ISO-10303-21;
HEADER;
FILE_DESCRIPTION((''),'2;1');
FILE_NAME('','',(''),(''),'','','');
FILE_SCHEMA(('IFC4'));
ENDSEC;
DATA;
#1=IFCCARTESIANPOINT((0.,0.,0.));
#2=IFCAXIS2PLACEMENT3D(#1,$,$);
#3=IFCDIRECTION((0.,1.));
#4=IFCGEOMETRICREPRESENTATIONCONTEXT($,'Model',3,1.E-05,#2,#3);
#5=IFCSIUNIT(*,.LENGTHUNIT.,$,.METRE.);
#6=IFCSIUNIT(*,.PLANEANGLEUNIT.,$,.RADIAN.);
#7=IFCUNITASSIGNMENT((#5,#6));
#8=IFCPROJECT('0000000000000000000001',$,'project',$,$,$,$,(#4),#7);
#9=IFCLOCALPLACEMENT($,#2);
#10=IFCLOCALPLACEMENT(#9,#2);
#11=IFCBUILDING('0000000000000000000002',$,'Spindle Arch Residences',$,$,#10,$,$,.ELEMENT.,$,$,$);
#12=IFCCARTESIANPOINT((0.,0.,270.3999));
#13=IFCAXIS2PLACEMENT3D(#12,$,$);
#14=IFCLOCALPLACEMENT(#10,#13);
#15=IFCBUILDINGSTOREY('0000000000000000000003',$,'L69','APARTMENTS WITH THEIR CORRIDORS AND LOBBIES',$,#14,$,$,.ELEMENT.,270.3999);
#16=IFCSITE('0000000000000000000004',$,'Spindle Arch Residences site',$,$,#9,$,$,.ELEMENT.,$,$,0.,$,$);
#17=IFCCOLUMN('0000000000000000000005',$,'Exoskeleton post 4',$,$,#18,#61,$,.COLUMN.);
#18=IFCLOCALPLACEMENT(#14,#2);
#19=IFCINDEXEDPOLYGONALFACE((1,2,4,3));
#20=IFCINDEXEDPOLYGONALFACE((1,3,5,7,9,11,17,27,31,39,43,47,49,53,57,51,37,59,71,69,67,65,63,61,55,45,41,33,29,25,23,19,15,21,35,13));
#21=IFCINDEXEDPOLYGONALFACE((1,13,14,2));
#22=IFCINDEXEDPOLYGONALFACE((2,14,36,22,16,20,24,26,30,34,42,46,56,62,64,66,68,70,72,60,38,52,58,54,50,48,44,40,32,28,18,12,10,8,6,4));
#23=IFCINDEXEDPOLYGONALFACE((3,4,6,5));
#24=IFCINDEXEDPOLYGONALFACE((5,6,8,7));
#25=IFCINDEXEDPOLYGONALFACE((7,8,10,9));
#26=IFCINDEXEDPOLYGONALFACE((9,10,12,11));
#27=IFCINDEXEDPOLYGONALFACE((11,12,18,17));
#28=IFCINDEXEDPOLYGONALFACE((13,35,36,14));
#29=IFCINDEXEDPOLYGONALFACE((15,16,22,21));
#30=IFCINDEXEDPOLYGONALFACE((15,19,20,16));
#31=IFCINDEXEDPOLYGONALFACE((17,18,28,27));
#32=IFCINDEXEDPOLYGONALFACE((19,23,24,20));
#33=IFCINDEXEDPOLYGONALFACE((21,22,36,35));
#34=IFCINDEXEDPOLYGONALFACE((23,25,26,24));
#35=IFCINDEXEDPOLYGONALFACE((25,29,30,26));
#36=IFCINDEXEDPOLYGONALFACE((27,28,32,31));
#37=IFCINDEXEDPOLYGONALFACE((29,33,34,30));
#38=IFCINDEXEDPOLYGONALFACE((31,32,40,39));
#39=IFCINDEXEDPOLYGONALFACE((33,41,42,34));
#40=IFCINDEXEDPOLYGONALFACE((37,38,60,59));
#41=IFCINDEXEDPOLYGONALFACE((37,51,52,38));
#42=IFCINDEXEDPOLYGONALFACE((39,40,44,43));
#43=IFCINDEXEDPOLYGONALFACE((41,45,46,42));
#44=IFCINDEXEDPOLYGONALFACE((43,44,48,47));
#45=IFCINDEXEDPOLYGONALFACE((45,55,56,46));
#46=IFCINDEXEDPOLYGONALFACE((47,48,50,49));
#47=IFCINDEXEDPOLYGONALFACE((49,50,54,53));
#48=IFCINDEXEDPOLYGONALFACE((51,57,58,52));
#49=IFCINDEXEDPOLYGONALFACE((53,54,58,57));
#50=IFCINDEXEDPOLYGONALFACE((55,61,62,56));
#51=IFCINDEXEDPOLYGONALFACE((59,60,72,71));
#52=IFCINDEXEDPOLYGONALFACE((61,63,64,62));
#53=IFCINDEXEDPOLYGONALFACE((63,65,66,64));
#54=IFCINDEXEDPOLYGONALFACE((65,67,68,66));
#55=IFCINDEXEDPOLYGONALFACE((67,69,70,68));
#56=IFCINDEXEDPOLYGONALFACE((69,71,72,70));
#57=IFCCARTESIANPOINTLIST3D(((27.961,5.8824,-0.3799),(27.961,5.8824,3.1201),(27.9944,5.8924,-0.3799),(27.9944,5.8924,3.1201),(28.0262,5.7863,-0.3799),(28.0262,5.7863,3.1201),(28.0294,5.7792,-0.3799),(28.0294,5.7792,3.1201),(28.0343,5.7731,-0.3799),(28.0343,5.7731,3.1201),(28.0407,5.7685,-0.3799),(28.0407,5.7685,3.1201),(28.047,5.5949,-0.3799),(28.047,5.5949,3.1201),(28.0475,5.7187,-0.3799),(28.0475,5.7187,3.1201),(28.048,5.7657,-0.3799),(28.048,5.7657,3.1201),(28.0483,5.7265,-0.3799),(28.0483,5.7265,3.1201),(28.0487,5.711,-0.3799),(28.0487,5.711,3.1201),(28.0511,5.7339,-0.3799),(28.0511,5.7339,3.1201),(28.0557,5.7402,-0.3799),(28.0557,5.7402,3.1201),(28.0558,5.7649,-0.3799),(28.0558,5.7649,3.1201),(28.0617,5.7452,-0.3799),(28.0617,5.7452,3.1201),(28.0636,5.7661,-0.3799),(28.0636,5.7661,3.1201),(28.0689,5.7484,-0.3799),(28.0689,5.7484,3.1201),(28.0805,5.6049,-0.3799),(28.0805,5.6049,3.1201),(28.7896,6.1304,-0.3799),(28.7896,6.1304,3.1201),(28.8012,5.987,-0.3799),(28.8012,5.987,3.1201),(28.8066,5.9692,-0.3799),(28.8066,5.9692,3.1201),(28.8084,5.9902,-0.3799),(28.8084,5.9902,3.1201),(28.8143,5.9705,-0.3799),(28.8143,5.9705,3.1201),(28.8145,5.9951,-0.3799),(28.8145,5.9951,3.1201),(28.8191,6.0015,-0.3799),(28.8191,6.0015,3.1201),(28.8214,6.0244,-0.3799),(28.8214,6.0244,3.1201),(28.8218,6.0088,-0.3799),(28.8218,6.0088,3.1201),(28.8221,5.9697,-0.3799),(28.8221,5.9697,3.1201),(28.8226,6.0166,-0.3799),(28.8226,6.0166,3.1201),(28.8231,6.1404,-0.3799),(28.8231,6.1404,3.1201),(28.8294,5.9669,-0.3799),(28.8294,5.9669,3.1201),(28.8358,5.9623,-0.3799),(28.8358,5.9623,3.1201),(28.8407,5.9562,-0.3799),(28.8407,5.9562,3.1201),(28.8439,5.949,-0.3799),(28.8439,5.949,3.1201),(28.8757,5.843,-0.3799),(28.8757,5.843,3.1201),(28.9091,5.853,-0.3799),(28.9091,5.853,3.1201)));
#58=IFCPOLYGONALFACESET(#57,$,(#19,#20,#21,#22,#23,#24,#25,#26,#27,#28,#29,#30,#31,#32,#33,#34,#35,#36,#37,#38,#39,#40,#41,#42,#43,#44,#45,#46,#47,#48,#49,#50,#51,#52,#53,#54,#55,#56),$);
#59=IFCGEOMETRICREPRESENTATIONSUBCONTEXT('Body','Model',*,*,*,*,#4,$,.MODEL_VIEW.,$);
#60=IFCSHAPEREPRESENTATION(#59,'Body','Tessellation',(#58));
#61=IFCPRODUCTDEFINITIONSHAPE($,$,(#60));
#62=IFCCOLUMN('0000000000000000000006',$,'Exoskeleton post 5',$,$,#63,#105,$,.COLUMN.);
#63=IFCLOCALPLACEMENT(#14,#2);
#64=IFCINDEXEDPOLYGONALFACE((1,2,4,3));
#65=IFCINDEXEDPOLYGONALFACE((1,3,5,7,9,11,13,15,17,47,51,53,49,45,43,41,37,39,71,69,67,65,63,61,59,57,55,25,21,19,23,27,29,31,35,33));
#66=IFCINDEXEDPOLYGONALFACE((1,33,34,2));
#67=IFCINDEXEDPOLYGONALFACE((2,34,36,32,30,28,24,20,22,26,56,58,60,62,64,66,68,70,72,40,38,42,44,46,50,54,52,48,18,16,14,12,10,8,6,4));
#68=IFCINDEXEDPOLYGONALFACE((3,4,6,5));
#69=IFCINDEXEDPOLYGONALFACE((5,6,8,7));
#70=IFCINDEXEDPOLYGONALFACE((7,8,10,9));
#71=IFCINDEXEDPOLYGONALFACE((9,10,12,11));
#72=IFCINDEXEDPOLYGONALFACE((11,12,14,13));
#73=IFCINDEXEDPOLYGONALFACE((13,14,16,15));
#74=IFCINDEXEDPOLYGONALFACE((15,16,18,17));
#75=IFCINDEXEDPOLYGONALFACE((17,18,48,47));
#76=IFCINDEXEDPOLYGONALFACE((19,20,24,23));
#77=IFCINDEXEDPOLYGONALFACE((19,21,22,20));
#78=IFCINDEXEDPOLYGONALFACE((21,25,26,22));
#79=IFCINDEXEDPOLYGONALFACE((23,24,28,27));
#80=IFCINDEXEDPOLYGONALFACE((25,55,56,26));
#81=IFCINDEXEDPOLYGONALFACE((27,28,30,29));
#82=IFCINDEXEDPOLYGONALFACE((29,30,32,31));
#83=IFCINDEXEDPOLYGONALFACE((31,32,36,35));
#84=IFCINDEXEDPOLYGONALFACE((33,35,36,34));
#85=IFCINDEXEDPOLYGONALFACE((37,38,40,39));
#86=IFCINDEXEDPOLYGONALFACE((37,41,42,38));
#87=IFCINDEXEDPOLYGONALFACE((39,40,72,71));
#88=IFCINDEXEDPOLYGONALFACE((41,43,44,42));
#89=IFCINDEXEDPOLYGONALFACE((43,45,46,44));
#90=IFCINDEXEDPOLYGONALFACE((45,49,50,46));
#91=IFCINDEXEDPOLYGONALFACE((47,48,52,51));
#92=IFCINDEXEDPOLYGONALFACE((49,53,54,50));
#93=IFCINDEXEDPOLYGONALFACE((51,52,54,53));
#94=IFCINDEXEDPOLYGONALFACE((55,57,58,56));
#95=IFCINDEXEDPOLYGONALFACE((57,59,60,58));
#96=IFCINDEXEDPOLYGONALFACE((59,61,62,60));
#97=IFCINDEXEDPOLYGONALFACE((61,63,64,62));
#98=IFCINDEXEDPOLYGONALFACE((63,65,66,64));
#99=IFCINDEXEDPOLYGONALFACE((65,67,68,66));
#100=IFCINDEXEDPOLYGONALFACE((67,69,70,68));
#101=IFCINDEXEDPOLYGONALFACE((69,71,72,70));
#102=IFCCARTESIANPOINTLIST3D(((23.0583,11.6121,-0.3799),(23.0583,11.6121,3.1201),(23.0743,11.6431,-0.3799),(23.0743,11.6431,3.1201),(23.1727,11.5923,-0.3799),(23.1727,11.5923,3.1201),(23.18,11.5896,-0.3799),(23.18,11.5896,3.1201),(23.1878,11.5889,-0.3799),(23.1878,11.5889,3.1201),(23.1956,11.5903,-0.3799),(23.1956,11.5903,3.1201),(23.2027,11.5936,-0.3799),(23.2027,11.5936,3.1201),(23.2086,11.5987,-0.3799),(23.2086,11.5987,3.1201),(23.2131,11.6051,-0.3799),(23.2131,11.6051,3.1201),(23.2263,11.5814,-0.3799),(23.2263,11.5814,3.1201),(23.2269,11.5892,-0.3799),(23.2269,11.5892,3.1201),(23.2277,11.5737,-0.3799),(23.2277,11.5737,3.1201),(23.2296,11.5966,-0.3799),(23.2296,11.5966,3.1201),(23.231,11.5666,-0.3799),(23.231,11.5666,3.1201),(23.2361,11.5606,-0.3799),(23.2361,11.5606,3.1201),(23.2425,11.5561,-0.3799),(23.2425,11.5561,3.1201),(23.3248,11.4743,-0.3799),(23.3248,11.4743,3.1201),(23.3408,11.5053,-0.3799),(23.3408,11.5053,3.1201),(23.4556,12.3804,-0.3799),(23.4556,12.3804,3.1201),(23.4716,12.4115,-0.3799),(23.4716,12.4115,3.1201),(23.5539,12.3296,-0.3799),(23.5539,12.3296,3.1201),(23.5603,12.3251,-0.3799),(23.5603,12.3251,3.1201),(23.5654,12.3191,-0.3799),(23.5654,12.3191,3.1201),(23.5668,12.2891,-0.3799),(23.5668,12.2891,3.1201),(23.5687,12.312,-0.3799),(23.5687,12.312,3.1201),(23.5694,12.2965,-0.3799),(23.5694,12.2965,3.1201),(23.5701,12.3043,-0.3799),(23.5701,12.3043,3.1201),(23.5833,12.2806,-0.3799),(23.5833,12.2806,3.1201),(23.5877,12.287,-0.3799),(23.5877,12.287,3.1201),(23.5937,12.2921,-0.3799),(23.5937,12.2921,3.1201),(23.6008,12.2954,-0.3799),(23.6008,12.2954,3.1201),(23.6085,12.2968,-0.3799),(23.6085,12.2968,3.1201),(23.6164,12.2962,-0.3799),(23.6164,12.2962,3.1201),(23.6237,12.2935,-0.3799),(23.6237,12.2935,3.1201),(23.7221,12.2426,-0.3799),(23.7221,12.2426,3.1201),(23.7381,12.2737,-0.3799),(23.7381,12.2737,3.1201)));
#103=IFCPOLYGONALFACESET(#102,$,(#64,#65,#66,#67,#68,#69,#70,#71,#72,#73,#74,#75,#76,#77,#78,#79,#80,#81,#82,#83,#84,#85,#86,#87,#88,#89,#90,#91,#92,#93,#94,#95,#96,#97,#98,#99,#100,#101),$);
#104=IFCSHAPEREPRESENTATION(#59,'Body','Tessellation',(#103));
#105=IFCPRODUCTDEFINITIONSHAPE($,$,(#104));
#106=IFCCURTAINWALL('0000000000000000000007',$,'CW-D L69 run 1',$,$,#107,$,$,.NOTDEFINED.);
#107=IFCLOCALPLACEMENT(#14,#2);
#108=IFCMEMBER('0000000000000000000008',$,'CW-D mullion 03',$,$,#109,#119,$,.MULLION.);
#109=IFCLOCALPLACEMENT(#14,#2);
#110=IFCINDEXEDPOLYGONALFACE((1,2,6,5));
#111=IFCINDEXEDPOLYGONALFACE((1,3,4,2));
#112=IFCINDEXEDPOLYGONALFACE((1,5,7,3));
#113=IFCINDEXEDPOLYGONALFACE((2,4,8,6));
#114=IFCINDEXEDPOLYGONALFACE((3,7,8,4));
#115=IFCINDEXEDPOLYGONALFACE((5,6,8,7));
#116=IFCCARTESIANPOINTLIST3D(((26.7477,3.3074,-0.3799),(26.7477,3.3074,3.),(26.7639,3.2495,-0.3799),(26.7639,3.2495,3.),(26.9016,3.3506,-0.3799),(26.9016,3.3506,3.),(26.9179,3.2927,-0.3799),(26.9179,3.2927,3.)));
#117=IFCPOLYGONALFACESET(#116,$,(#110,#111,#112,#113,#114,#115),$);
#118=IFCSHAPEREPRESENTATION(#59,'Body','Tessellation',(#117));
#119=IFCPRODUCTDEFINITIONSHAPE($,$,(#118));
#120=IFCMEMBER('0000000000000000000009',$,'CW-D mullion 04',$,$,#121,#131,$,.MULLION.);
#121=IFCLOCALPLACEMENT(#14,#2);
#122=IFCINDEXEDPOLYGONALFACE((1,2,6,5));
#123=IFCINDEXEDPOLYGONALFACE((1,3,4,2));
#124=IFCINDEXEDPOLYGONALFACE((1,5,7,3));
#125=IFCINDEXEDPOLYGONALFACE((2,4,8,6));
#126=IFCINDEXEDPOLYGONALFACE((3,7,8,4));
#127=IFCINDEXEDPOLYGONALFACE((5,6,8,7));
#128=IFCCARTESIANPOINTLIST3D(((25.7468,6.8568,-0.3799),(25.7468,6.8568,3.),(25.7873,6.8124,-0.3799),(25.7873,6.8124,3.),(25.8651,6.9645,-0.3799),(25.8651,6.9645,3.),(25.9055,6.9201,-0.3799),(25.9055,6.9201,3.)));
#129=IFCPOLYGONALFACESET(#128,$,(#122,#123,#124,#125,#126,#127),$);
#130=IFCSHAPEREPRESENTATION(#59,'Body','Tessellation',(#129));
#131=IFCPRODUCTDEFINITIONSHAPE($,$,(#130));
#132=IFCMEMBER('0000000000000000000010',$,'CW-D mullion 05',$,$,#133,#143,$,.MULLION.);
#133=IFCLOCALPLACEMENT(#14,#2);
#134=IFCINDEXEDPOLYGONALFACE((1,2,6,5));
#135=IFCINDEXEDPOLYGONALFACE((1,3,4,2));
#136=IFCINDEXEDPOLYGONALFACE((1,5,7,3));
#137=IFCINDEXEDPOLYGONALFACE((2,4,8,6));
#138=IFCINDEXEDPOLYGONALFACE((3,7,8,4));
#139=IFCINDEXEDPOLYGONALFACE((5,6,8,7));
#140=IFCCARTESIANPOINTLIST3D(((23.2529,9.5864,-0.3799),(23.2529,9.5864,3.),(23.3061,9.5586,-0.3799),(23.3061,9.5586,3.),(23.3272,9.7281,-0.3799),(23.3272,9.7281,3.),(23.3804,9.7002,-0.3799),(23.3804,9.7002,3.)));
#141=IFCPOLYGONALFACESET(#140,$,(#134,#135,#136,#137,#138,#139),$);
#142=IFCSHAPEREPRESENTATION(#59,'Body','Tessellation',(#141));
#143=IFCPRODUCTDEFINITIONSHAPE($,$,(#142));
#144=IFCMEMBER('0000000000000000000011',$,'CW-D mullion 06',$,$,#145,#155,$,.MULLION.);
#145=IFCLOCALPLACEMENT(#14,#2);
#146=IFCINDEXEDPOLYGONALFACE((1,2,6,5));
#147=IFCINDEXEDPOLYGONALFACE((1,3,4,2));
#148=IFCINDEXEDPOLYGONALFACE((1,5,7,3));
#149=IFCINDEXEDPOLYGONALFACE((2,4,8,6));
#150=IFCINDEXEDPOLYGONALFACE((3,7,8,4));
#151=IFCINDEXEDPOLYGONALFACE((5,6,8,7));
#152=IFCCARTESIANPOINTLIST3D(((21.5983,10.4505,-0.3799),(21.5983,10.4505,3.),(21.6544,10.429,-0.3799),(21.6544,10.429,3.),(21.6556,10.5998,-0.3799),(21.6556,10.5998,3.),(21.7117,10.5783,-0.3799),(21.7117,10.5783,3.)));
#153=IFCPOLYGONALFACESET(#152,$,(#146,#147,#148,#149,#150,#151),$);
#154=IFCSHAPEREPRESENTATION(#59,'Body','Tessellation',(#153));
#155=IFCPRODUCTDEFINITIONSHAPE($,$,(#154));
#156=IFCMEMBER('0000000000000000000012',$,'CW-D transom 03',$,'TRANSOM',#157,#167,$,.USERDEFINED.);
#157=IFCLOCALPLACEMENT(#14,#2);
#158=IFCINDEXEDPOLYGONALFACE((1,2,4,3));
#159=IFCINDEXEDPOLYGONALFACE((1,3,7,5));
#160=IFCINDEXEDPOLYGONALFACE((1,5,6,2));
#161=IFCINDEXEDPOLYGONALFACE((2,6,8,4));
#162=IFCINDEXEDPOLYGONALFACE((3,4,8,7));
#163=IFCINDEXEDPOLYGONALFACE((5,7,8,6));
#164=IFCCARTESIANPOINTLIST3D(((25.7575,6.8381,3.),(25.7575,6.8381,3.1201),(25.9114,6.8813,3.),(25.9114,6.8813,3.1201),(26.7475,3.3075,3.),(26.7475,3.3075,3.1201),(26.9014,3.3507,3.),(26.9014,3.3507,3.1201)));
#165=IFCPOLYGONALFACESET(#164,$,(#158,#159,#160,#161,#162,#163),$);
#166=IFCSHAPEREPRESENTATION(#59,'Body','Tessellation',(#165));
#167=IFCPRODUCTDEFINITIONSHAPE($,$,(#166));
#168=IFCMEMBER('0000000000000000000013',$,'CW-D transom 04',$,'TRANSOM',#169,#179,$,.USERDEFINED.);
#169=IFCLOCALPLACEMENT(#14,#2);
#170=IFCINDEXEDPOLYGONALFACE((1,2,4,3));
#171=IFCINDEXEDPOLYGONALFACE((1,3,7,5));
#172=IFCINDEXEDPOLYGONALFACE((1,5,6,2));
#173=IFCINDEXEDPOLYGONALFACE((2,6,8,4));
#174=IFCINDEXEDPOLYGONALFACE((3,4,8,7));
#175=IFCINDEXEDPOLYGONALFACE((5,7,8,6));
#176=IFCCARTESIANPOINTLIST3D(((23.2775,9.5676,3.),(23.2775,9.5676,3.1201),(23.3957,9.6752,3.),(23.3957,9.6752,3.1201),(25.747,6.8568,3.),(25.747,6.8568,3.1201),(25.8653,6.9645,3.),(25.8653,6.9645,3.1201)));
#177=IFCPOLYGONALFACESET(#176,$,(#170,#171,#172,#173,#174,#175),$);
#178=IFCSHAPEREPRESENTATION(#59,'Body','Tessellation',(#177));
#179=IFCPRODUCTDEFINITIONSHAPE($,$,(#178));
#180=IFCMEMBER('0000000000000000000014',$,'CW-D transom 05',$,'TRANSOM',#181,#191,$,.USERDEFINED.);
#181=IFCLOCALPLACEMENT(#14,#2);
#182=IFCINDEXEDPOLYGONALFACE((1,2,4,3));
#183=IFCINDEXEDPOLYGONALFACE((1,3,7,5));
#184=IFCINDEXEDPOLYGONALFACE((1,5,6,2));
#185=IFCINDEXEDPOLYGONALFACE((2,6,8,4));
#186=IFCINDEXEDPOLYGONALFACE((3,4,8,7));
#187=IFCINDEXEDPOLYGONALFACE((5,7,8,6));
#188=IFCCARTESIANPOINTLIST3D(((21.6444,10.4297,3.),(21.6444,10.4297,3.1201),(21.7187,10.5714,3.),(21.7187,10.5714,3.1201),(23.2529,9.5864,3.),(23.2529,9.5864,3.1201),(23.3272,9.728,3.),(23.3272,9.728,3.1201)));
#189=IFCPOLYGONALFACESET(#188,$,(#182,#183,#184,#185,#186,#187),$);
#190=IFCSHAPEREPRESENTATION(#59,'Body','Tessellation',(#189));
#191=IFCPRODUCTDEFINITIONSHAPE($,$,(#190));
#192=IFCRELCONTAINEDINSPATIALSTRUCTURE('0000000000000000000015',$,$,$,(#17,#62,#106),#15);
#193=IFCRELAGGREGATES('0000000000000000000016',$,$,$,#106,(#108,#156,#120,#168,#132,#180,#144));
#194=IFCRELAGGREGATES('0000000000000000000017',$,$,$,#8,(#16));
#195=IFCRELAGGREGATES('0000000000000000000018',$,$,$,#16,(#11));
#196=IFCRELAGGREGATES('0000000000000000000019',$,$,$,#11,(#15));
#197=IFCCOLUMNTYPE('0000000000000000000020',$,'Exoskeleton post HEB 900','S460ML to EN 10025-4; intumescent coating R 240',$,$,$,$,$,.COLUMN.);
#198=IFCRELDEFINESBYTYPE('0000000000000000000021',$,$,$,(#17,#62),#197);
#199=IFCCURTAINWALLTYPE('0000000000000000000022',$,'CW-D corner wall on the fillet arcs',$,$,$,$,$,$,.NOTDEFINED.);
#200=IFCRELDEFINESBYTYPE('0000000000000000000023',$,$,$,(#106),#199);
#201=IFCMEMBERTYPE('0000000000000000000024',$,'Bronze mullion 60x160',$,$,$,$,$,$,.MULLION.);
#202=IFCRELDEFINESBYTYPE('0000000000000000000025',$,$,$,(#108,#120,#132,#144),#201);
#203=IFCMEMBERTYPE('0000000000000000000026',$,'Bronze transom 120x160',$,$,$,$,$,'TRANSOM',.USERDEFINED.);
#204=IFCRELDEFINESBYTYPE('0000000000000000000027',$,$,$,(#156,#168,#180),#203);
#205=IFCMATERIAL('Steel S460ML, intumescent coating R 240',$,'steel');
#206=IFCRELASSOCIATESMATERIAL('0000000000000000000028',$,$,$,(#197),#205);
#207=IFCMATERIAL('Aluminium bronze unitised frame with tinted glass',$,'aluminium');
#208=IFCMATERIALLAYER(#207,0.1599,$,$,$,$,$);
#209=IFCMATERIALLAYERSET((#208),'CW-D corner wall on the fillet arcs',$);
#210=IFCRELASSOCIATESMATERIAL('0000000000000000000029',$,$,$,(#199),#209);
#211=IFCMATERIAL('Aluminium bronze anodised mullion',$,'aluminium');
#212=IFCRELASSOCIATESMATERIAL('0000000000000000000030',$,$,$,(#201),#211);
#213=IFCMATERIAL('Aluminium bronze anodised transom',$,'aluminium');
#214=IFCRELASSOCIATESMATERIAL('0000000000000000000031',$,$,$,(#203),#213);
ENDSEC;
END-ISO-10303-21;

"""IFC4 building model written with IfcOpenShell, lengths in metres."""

from ifc_helpers import new_model, si_unit, direction, frame, origin, origin_2d, place, context, subcontext, project, spatial, rectangle, i_section, extrude, material, layer, layer_set, material_profile, profile_set, type_object, element, aggregate, save


model = new_model("IFC4")

# Units and contexts
model_context = context("Model", 3, precision=1e-05, world=origin(), true_north=direction((0.0, 1.0)))
body_context = subcontext(model_context, "Body", "Model", "MODEL_VIEW")
ifc_project = project(units=[si_unit("LENGTHUNIT", "METRE"), si_unit("PLANEANGLEUNIT", "RADIAN")], contexts=[model_context])

# Site, building, storey
site_placement = place(None, origin())
site = spatial("IfcSite", under=ifc_project, at=site_placement, Name="Spindle Arch Residences site", CompositionType="ELEMENT", RefElevation=0.0)
building_placement = place(site_placement, origin())
building = spatial("IfcBuilding", under=site, at=building_placement, Name="Spindle Arch Residences", CompositionType="ELEMENT")
storey_placement = place(building_placement, frame((0.0, 0.0, 270.3999)))
storey = spatial("IfcBuildingStorey", under=building, at=storey_placement, Name="L69", Description="APARTMENTS WITH THEIR CORRIDORS AND LOBBIES", CompositionType="ELEMENT", Elevation=270.3999)

# Columns
ifc_material_1 = material(Name="Steel S460ML, intumescent coating R 240", Category="steel")
ifc_material_profile_1 = material_profile(ifc_material_1, i_section(OverallWidth=0.3, OverallDepth=0.8999, WebThickness=0.0186, FlangeThickness=0.0349, FilletRadius=0.03, at=origin_2d()), Name="HEB 900")
ifc_profile_set_1 = profile_set([ifc_material_profile_1], Name="Steel S460ML, intumescent coating R 240")
column_type = type_object("IfcColumnType", Name="Exoskeleton post HEB 900", Description="S460ML to EN 10025-4; intumescent coating R 240", PredefinedType="COLUMN", material=ifc_profile_set_1)
for number, where, z_axis, x_axis, name in (
    (1, (28.4351, 5.8677, -0.3799), (0.0, 0.0, 1.0), (0.286784, -0.957995, 0.0), "Exoskeleton post 4"),
    (2, (23.3982, 11.9429, -0.3799), (0.0, 0.0, 1.0), (0.888286, -0.459291, 0.0), "Exoskeleton post 5"),
):
    element("IfcColumn", number, at=place(storey_placement, frame(where, z_axis=z_axis, x_axis=x_axis)), inside=storey, type_object=column_type, Name=name, PredefinedType="COLUMN", context=body_context, shape_type="SweptSolid", body=[
        extrude(i_section(OverallWidth=0.3, OverallDepth=0.8999, WebThickness=0.0186, FlangeThickness=0.0349, FilletRadius=0.03, at=origin_2d()), origin(), (0.0, 0.0, 1.0), 3.5),
    ])

# Curtain wall, members
ifc_material_2 = material(Name="Aluminium bronze unitised frame with tinted glass", Category="aluminium")
ifc_layer_1 = layer(ifc_material_2, 0.1599)
ifc_layer_set_1 = layer_set([ifc_layer_1], Name="CW-D corner wall on the fillet arcs")
curtain_wall_type = type_object("IfcCurtainWallType", Name="CW-D corner wall on the fillet arcs", PredefinedType="NOTDEFINED", material=ifc_layer_set_1)
curtain_wall_placement = place(storey_placement, origin())
curtain_wall = element("IfcCurtainWall", 3, at=curtain_wall_placement, inside=storey, type_object=curtain_wall_type, Name="CW-D L69 run 1", PredefinedType="NOTDEFINED")
ifc_material_3 = material(Name="Aluminium bronze anodised mullion", Category="aluminium")
ifc_material_profile_2 = material_profile(ifc_material_3, rectangle(XDim=0.1599, YDim=0.0601, at=origin_2d()), Name="MU 60x160")
ifc_profile_set_2 = profile_set([ifc_material_profile_2], Name="Aluminium bronze anodised mullion")
member_type_1 = type_object("IfcMemberType", Name="Bronze mullion 60x160", PredefinedType="MULLION", material=ifc_profile_set_2)
member_1_placement = place(storey_placement, frame((26.8328, 3.3, -0.3799), z_axis=(0.0, 0.0, 1.0), x_axis=(-0.962849, -0.27004, 0.0)))
member_1 = element("IfcMember", 4, at=member_1_placement, type_object=member_type_1, Name="CW-D mullion 03", PredefinedType="MULLION", context=body_context, shape_type="SweptSolid", body=[
    extrude(rectangle(XDim=0.1599, YDim=0.0601, at=origin_2d()), origin(), (0.0, 0.0, 1.0), 3.3799),
])
member_2_placement = place(storey_placement, frame((25.8262, 6.8884, -0.3799), z_axis=(0.0, 0.0, 1.0), x_axis=(-0.739239, -0.673443, 0.0)))
member_2 = element("IfcMember", 5, at=member_2_placement, type_object=member_type_1, Name="CW-D mullion 04", PredefinedType="MULLION", context=body_context, shape_type="SweptSolid", body=[
    extrude(rectangle(XDim=0.1599, YDim=0.0601, at=origin_2d()), origin(), (0.0, 0.0, 1.0), 3.3799),
])
member_3_placement = place(storey_placement, frame((23.3167, 9.6433, -0.3799), z_axis=(0.0, 0.0, 1.0), x_axis=(-0.464327, -0.885664, 0.0)))
member_3 = element("IfcMember", 6, at=member_3_placement, type_object=member_type_1, Name="CW-D mullion 05", PredefinedType="MULLION", context=body_context, shape_type="SweptSolid", body=[
    extrude(rectangle(XDim=0.1599, YDim=0.0601, at=origin_2d()), origin(), (0.0, 0.0, 1.0), 3.3799),
])
member_4_placement = place(storey_placement, frame((21.655, 10.5144, -0.3799), z_axis=(0.0, 0.0, 1.0), x_axis=(-0.358368, -0.93358, 0.0)))
member_4 = element("IfcMember", 7, at=member_4_placement, type_object=member_type_1, Name="CW-D mullion 06", PredefinedType="MULLION", context=body_context, shape_type="SweptSolid", body=[
    extrude(rectangle(XDim=0.1599, YDim=0.0601, at=origin_2d()), origin(), (0.0, 0.0, 1.0), 3.3799),
])
ifc_material_4 = material(Name="Aluminium bronze anodised transom", Category="aluminium")
ifc_material_profile_3 = material_profile(ifc_material_4, rectangle(XDim=0.1599, YDim=0.1201, at=origin_2d()), Name="TR 120x160")
ifc_profile_set_3 = profile_set([ifc_material_profile_3], Name="Aluminium bronze anodised transom")
member_type_2 = type_object("IfcMemberType", Name="Bronze transom 120x160", ElementType="TRANSOM", PredefinedType="USERDEFINED", material=ifc_profile_set_3)
member_5_placement = place(storey_placement, frame((26.8245, 3.3291, 3.0601), z_axis=(-0.269995, 0.962862, 0.0), x_axis=(-0.962862, -0.269995, 0.0)))
member_5 = element("IfcMember", 8, at=member_5_placement, type_object=member_type_2, Name="CW-D transom 03", ObjectType="TRANSOM", PredefinedType="USERDEFINED", context=body_context, shape_type="SweptSolid", body=[
    extrude(rectangle(XDim=0.1599, YDim=0.1201, at=origin_2d()), origin(), (0.0, 0.0, 1.0), 3.6667),
])
member_6_placement = place(storey_placement, frame((25.8062, 6.9106, 3.0601), z_axis=(-0.673451, 0.739232, 0.0), x_axis=(-0.739232, -0.673451, 0.0)))
member_6 = element("IfcMember", 9, at=member_6_placement, type_object=member_type_2, Name="CW-D transom 04", ObjectType="TRANSOM", PredefinedType="USERDEFINED", context=body_context, shape_type="SweptSolid", body=[
    extrude(rectangle(XDim=0.1599, YDim=0.1201, at=origin_2d()), origin(), (0.0, 0.0, 1.0), 3.667),
])
member_7_placement = place(storey_placement, frame((23.29, 9.6572, 3.0601), z_axis=(-0.885658, 0.464339, 0.0), x_axis=(-0.464339, -0.885658, 0.0)))
member_7 = element("IfcMember", 10, at=member_7_placement, type_object=member_type_2, Name="CW-D transom 05", ObjectType="TRANSOM", PredefinedType="USERDEFINED", context=body_context, shape_type="SweptSolid", body=[
    extrude(rectangle(XDim=0.1599, YDim=0.1201, at=origin_2d()), origin(), (0.0, 0.0, 1.0), 1.8162),
])

aggregate(curtain_wall, [member_1, member_5, member_2, member_6, member_3, member_7, member_4])

save(model, "model.ifc")
